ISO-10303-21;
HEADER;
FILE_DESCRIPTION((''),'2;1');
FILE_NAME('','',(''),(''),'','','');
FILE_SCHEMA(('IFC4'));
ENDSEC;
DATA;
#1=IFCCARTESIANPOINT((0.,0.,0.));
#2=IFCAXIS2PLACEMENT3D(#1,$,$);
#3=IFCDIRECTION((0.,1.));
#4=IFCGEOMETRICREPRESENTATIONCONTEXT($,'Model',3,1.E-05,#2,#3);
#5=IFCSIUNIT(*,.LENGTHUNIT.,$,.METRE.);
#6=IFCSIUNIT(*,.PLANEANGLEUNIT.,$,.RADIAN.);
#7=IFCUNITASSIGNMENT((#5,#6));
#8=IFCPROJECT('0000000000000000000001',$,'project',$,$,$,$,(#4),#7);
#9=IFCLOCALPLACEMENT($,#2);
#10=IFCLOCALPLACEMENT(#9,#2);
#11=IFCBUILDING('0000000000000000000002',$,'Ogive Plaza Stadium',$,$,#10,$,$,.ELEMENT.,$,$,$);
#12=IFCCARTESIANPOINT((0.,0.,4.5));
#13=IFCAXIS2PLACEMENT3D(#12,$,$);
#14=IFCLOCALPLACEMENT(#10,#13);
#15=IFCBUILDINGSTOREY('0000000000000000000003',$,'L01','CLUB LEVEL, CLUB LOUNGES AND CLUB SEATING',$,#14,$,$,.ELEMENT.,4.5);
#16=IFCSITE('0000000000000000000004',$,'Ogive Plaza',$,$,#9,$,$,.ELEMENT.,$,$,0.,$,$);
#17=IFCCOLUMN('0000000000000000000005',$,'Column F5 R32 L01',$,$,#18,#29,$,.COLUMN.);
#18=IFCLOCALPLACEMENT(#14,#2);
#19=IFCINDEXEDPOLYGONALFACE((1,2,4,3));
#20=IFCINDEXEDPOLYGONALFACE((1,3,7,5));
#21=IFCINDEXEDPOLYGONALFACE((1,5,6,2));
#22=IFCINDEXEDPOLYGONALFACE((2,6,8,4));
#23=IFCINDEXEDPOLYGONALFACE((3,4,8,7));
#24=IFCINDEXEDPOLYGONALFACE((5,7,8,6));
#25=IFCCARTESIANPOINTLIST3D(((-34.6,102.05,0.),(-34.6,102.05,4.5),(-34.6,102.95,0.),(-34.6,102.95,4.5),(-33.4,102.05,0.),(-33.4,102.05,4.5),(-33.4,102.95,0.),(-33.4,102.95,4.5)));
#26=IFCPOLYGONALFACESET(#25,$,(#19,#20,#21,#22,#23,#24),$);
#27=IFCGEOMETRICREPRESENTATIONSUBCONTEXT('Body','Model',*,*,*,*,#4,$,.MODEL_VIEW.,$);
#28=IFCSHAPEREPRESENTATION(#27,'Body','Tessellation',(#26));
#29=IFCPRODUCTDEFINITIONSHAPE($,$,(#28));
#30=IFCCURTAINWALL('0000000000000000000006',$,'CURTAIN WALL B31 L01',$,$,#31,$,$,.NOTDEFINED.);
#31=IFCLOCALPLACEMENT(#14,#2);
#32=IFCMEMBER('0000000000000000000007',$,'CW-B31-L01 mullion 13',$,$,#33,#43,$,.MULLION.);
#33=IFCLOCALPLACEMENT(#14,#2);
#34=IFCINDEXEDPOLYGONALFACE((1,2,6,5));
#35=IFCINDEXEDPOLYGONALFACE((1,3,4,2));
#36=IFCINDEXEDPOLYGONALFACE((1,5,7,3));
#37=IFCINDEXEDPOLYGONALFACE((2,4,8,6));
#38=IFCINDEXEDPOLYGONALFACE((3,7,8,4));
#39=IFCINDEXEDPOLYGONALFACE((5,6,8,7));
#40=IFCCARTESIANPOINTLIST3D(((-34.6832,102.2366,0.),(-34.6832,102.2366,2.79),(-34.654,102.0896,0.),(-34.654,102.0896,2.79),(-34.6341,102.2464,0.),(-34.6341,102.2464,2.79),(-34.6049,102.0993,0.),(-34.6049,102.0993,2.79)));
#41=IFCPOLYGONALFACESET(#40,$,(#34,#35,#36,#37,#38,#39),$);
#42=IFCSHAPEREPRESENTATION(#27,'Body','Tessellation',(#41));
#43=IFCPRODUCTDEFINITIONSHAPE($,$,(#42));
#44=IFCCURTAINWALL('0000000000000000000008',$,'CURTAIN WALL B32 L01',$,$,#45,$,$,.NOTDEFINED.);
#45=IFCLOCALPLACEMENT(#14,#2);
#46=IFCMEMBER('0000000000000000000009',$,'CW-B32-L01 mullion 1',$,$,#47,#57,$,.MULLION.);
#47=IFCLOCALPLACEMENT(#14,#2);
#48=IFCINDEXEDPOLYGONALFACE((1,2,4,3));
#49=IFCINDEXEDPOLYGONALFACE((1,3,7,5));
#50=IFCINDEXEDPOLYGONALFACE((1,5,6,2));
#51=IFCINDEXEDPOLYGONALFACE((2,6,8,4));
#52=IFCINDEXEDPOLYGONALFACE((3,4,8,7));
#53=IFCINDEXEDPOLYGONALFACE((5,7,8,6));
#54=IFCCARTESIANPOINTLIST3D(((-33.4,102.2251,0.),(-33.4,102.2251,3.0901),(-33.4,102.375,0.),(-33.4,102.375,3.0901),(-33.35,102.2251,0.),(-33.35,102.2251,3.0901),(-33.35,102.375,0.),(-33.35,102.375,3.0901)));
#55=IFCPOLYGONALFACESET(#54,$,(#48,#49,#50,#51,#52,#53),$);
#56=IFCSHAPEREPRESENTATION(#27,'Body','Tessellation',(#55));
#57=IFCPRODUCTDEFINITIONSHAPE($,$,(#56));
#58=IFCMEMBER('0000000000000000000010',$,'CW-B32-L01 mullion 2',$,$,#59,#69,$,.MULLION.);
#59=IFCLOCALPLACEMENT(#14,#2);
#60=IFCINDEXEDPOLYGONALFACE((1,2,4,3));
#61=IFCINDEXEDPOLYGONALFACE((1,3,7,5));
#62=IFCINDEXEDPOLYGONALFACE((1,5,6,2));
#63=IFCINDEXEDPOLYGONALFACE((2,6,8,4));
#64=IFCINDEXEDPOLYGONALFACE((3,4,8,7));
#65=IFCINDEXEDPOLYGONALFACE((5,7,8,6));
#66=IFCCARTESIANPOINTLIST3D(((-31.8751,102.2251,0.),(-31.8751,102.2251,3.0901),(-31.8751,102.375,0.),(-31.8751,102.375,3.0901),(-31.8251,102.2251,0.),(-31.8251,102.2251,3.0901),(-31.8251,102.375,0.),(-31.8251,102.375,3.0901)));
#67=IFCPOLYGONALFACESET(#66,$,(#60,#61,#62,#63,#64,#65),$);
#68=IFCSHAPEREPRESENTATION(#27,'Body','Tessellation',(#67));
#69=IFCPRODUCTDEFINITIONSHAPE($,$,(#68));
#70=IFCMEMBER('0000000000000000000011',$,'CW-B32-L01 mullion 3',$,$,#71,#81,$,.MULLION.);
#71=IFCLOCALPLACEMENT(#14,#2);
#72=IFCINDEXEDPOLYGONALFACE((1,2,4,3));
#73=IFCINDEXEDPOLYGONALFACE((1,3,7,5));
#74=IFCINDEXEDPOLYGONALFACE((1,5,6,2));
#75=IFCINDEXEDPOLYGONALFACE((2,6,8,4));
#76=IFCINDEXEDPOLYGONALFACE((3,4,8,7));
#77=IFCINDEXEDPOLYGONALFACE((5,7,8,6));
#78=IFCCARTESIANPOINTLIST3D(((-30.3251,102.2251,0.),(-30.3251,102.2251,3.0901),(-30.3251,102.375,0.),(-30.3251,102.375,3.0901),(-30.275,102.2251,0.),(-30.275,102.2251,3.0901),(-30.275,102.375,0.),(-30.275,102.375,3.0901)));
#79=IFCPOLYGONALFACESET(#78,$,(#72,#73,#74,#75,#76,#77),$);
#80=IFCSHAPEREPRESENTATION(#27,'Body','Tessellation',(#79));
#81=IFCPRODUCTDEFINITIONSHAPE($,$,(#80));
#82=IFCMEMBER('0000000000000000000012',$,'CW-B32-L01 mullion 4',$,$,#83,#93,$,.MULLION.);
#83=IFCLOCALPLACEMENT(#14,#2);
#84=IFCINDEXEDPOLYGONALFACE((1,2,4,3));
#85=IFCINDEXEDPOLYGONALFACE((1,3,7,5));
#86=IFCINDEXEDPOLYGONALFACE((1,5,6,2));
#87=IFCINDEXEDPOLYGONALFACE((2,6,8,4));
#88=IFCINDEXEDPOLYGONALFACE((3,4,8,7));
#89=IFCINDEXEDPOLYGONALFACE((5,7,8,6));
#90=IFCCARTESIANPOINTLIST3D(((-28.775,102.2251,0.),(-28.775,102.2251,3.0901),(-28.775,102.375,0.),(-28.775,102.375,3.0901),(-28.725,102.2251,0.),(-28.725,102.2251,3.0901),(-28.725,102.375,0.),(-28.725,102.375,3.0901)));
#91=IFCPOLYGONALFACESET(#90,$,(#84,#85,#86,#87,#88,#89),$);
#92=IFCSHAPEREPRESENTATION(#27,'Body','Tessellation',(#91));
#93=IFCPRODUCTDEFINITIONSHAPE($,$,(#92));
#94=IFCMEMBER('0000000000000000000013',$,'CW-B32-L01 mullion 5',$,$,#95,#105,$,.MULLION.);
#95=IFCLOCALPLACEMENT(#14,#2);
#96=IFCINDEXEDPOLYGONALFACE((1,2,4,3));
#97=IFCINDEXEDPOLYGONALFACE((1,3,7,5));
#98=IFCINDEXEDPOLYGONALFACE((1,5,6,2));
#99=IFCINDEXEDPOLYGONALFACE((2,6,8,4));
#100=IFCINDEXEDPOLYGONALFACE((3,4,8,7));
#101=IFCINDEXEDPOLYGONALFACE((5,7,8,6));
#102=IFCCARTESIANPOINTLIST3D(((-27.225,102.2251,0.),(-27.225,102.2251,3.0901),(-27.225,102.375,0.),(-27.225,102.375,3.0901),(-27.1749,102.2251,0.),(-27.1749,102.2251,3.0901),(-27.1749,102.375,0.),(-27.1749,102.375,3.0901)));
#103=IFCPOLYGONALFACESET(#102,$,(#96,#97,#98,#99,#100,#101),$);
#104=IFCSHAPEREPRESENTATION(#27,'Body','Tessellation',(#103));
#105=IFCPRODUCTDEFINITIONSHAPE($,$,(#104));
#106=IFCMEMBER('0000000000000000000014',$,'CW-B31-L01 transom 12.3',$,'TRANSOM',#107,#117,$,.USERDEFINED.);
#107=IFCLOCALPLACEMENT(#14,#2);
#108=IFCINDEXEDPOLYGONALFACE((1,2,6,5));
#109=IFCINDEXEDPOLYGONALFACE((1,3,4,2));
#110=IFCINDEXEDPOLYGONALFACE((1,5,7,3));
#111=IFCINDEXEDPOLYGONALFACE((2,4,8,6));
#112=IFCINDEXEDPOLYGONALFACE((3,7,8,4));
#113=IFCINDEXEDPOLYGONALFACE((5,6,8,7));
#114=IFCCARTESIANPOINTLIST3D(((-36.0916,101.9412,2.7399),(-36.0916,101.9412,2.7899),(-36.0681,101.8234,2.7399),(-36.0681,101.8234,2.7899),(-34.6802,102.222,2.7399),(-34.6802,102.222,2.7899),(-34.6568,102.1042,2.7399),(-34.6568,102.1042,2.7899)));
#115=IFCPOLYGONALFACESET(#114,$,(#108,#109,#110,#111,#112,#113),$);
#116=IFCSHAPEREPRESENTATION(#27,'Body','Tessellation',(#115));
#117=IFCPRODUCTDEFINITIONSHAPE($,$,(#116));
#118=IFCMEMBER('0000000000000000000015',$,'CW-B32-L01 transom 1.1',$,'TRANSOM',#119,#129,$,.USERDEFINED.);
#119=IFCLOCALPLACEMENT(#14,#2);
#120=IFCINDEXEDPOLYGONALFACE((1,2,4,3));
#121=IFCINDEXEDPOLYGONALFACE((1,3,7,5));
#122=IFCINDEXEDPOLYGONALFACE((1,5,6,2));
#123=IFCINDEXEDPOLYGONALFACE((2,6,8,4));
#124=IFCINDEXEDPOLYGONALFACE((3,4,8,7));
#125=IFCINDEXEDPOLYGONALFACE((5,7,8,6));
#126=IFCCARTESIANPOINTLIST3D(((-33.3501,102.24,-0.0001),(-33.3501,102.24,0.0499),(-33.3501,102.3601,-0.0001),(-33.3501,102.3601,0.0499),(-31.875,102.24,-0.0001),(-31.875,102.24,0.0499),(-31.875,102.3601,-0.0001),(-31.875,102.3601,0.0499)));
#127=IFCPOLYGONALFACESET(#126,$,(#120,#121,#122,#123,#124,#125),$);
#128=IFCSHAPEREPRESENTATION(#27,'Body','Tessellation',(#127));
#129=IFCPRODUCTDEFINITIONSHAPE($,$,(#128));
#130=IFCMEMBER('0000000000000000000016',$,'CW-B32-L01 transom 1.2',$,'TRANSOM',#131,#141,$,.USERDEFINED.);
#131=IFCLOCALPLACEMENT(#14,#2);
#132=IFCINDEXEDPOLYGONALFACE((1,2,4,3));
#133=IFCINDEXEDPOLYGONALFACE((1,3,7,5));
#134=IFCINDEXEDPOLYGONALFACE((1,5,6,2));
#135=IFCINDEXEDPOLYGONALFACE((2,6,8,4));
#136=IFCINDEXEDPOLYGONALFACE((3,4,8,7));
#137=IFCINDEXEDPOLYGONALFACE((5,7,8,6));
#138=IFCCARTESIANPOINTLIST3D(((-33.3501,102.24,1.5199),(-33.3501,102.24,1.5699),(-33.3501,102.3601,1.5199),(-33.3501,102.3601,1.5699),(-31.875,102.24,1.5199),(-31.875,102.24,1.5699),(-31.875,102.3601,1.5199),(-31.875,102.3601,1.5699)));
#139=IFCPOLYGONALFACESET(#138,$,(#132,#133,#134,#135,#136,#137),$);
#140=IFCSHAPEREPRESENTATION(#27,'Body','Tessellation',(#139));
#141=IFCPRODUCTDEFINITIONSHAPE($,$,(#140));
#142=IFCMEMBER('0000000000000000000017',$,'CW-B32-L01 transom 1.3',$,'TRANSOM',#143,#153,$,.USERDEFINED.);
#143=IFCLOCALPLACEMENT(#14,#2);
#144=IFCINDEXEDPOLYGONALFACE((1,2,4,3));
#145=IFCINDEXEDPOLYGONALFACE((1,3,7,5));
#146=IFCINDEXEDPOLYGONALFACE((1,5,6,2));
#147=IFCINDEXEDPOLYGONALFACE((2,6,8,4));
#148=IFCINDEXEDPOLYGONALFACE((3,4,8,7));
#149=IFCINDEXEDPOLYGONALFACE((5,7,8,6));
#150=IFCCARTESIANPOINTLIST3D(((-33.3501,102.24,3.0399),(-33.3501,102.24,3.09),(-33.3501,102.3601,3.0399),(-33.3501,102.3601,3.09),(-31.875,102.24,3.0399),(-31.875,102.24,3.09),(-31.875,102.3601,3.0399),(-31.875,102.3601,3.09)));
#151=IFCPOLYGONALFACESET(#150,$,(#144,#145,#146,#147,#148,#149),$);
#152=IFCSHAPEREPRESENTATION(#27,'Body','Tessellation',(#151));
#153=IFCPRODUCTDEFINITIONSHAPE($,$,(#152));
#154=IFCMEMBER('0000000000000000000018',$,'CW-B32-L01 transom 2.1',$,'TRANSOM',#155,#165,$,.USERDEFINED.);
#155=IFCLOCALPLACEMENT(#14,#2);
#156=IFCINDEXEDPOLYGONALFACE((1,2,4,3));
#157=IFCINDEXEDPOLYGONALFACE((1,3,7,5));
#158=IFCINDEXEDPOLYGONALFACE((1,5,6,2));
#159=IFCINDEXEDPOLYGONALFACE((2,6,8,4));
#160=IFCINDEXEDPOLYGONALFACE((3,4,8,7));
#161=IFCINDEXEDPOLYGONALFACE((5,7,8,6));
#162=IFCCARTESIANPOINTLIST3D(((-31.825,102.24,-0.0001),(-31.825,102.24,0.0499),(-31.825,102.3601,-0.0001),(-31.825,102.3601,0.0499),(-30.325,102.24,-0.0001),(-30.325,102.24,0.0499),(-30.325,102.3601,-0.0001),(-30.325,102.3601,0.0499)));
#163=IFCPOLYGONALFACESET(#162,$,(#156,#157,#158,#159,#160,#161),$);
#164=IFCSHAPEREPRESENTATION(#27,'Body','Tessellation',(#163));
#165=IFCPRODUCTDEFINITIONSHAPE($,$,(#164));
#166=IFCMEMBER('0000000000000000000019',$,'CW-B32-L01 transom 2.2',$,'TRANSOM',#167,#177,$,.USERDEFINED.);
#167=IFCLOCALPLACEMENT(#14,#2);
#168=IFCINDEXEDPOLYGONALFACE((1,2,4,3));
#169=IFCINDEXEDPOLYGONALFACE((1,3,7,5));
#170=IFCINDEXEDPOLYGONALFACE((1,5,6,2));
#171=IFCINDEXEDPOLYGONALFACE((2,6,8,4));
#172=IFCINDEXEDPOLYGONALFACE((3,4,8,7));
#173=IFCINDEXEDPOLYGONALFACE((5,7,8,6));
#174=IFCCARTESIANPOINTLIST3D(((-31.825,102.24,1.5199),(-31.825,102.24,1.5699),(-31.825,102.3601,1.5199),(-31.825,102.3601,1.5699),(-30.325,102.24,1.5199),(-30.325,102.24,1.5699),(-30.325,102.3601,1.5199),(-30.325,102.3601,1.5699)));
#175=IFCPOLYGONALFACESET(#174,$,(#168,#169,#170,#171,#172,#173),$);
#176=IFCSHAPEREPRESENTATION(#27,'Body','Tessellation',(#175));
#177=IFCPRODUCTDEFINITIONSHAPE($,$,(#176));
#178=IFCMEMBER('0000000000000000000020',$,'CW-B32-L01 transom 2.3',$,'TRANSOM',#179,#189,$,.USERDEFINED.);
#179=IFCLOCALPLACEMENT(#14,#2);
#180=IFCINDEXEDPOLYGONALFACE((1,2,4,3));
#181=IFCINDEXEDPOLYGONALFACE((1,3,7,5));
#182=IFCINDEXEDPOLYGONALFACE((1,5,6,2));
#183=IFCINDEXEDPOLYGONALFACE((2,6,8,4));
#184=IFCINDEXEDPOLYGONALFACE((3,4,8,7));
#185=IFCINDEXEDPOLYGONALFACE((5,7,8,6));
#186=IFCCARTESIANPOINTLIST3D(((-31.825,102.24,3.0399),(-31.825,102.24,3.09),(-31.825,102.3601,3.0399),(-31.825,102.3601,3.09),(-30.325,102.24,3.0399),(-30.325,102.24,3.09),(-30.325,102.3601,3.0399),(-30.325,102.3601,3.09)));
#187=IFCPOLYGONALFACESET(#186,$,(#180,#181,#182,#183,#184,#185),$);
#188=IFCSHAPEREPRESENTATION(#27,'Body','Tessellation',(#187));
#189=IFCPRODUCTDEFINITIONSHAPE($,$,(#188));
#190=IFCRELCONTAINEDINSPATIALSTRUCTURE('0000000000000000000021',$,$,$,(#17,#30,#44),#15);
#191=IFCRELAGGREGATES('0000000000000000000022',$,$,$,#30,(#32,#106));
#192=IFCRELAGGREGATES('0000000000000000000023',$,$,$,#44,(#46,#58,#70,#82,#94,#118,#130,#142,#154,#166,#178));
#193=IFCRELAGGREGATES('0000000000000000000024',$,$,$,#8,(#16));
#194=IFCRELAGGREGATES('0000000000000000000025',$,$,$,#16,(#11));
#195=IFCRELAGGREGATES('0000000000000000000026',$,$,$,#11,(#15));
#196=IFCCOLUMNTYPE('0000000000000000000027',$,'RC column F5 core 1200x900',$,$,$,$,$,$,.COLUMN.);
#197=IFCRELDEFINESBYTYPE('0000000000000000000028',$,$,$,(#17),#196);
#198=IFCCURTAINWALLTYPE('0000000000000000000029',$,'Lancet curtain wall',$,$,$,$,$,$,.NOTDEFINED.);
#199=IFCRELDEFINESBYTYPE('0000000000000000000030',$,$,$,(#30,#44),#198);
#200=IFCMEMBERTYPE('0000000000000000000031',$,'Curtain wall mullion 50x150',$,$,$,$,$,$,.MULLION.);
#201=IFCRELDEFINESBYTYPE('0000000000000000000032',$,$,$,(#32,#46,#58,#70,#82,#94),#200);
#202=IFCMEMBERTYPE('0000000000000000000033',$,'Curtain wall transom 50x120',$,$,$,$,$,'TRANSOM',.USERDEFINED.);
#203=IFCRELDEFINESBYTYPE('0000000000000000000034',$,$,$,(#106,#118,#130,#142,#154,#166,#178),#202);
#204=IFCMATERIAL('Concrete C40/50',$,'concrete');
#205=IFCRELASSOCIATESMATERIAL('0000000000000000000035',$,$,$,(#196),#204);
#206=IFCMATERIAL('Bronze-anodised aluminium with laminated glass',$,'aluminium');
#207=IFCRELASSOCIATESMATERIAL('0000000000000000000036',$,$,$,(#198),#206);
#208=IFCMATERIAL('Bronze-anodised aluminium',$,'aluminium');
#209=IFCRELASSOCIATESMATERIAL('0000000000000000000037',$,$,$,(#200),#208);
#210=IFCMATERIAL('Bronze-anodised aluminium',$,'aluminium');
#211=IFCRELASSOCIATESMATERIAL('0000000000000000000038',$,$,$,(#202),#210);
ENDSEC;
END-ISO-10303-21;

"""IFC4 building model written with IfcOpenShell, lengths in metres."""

from ifc_helpers import new_model, si_unit, direction, frame, origin, origin_2d, place, context, subcontext, project, spatial, rectangle, extrude, material, material_profile, profile_set, type_object, element, aggregate, save


model = new_model("IFC4")

# Units and contexts
model_context = context("Model", 3, precision=1e-05, world=origin(), true_north=direction((0.0, 1.0)))
body_context = subcontext(model_context, "Body", "Model", "MODEL_VIEW")
ifc_project = project(units=[si_unit("LENGTHUNIT", "METRE"), si_unit("PLANEANGLEUNIT", "RADIAN")], contexts=[model_context])

# Site, building, storey
site_placement = place(None, origin())
site = spatial("IfcSite", under=ifc_project, at=site_placement, Name="Ogive Plaza", CompositionType="ELEMENT", RefElevation=0.0)
building_placement = place(site_placement, origin())
building = spatial("IfcBuilding", under=site, at=building_placement, Name="Ogive Plaza Stadium", CompositionType="ELEMENT")
storey_placement = place(building_placement, frame((0.0, 0.0, 4.5)))
storey = spatial("IfcBuildingStorey", under=building, at=storey_placement, Name="L01", Description="CLUB LEVEL, CLUB LOUNGES AND CLUB SEATING", CompositionType="ELEMENT", Elevation=4.5)

# Column
ifc_material_1 = material(Name="Concrete C40/50", Category="concrete")
ifc_material_profile_1 = material_profile(ifc_material_1, rectangle(XDim=1.2, YDim=0.8999, at=origin_2d()), Name="RC 1200x900")
ifc_profile_set_1 = profile_set([ifc_material_profile_1], Name="Concrete C40/50")
column_type = type_object("IfcColumnType", Name="RC column F5 core 1200x900", PredefinedType="COLUMN", material=ifc_profile_set_1)
column_placement = place(storey_placement, frame((-34.0, 102.5, 0.0), z_axis=(0.0, 0.0, 1.0), x_axis=(-1.0, 0.0, 0.0)))
element("IfcColumn", 1, at=column_placement, inside=storey, type_object=column_type, Name="Column F5 R32 L01", PredefinedType="COLUMN", context=body_context, shape_type="SweptSolid", body=[
    extrude(rectangle(XDim=1.2, YDim=0.8999, at=origin_2d()), origin(), (0.0, 0.0, 1.0), 4.5),
])

# Curtain wall, member
ifc_material_2 = material(Name="Bronze-anodised aluminium with laminated glass", Category="aluminium")
curtain_wall_type = type_object("IfcCurtainWallType", Name="Lancet curtain wall", PredefinedType="NOTDEFINED", material=ifc_material_2)
curtain_wall_1_placement = place(storey_placement, origin())
curtain_wall_1 = element("IfcCurtainWall", 2, at=curtain_wall_1_placement, inside=storey, type_object=curtain_wall_type, Name="CURTAIN WALL B31 L01", PredefinedType="NOTDEFINED")
ifc_material_3 = material(Name="Bronze-anodised aluminium", Category="aluminium")
ifc_material_profile_2 = material_profile(ifc_material_3, rectangle(XDim=0.1499, YDim=0.05, at=origin_2d()), Name="AL 150x50")
ifc_profile_set_2 = profile_set([ifc_material_profile_2], Name="Bronze-anodised aluminium")
member_type_1 = type_object("IfcMemberType", Name="Curtain wall mullion 50x150", PredefinedType="MULLION", material=ifc_profile_set_2)
member_1_placement = place(storey_placement, frame((-34.644, 102.168, 0.0), z_axis=(0.0, 0.0, 1.0), x_axis=(-0.19509, 0.980785, 0.0)))
member_1 = element("IfcMember", 3, at=member_1_placement, type_object=member_type_1, Name="CW-B31-L01 mullion 13", PredefinedType="MULLION", context=body_context, shape_type="SweptSolid", body=[
    extrude(rectangle(XDim=0.1499, YDim=0.05, at=origin_2d()), origin(), (0.0, 0.0, 1.0), 2.79),
])

# Curtain wall, members
curtain_wall_2_placement = place(storey_placement, origin())
curtain_wall_2 = element("IfcCurtainWall", 4, at=curtain_wall_2_placement, inside=storey, type_object=curtain_wall_type, Name="CURTAIN WALL B32 L01", PredefinedType="NOTDEFINED")
member_2_placement = place(storey_placement, frame((-33.375, 102.3, 0.0), z_axis=(0.0, 0.0, 1.0), x_axis=(0.0, 1.0, 0.0)))
member_2 = element("IfcMember", 5, at=member_2_placement, type_object=member_type_1, Name="CW-B32-L01 mullion 1", PredefinedType="MULLION", context=body_context, shape_type="SweptSolid", body=[
    extrude(rectangle(XDim=0.1499, YDim=0.05, at=origin_2d()), origin(), (0.0, 0.0, 1.0), 3.0901),
])
member_3_placement = place(storey_placement, frame((-31.8501, 102.3, 0.0), z_axis=(0.0, 0.0, 1.0), x_axis=(0.0, 1.0, 0.0)))
member_3 = element("IfcMember", 6, at=member_3_placement, type_object=member_type_1, Name="CW-B32-L01 mullion 2", PredefinedType="MULLION", context=body_context, shape_type="SweptSolid", body=[
    extrude(rectangle(XDim=0.1499, YDim=0.05, at=origin_2d()), origin(), (0.0, 0.0, 1.0), 3.0901),
])
member_4_placement = place(storey_placement, frame((-30.3, 102.3, 0.0), z_axis=(0.0, 0.0, 1.0), x_axis=(0.0, 1.0, 0.0)))
member_4 = element("IfcMember", 7, at=member_4_placement, type_object=member_type_1, Name="CW-B32-L01 mullion 3", PredefinedType="MULLION", context=body_context, shape_type="SweptSolid", body=[
    extrude(rectangle(XDim=0.1499, YDim=0.05, at=origin_2d()), origin(), (0.0, 0.0, 1.0), 3.0901),
])
member_5_placement = place(storey_placement, frame((-28.75, 102.3, 0.0), z_axis=(0.0, 0.0, 1.0), x_axis=(0.0, 1.0, 0.0)))
member_5 = element("IfcMember", 8, at=member_5_placement, type_object=member_type_1, Name="CW-B32-L01 mullion 4", PredefinedType="MULLION", context=body_context, shape_type="SweptSolid", body=[
    extrude(rectangle(XDim=0.1499, YDim=0.05, at=origin_2d()), origin(), (0.0, 0.0, 1.0), 3.0901),
])
member_6_placement = place(storey_placement, frame((-27.2, 102.3, 0.0), z_axis=(0.0, 0.0, 1.0), x_axis=(0.0, 1.0, 0.0)))
member_6 = element("IfcMember", 9, at=member_6_placement, type_object=member_type_1, Name="CW-B32-L01 mullion 5", PredefinedType="MULLION", context=body_context, shape_type="SweptSolid", body=[
    extrude(rectangle(XDim=0.1499, YDim=0.05, at=origin_2d()), origin(), (0.0, 0.0, 1.0), 3.0901),
])

# Members
ifc_material_4 = material(Name="Bronze-anodised aluminium", Category="aluminium")
ifc_material_profile_3 = material_profile(ifc_material_4, rectangle(XDim=0.1201, YDim=0.05, at=origin_2d()), Name="AL 120x50")
ifc_profile_set_3 = profile_set([ifc_material_profile_3], Name="Bronze-anodised aluminium")
member_type_2 = type_object("IfcMemberType", Name="Curtain wall transom 50x120", ElementType="TRANSOM", PredefinedType="USERDEFINED", material=ifc_profile_set_3)
member_7_placement = place(storey_placement, frame((-36.0798, 101.8823, 2.7649), z_axis=(0.980782, 0.195105, 0.0), x_axis=(-0.195105, 0.980782, 0.0)))
member_7 = element("IfcMember", 10, at=member_7_placement, type_object=member_type_2, Name="CW-B31-L01 transom 12.3", ObjectType="TRANSOM", PredefinedType="USERDEFINED", context=body_context, shape_type="SweptSolid", body=[
    extrude(rectangle(XDim=0.1201, YDim=0.05, at=origin_2d()), origin(), (0.0, 0.0, 1.0), 1.439),
])
member_8_placement = place(storey_placement, frame((-33.3501, 102.3, 0.0249), z_axis=(1.0, 0.0, 0.0), x_axis=(0.0, 1.0, 0.0)))
member_8 = element("IfcMember", 11, at=member_8_placement, type_object=member_type_2, Name="CW-B32-L01 transom 1.1", ObjectType="TRANSOM", PredefinedType="USERDEFINED", context=body_context, shape_type="SweptSolid", body=[
    extrude(rectangle(XDim=0.1201, YDim=0.05, at=origin_2d()), origin(), (0.0, 0.0, 1.0), 1.4751),
])
member_9_placement = place(storey_placement, frame((-33.3501, 102.3, 1.5449), z_axis=(1.0, 0.0, 0.0), x_axis=(0.0, 1.0, 0.0)))
member_9 = element("IfcMember", 12, at=member_9_placement, type_object=member_type_2, Name="CW-B32-L01 transom 1.2", ObjectType="TRANSOM", PredefinedType="USERDEFINED", context=body_context, shape_type="SweptSolid", body=[
    extrude(rectangle(XDim=0.1201, YDim=0.05, at=origin_2d()), origin(), (0.0, 0.0, 1.0), 1.4751),
])
member_10_placement = place(storey_placement, frame((-33.3501, 102.3, 3.0649), z_axis=(1.0, 0.0, 0.0), x_axis=(0.0, 1.0, 0.0)))
member_10 = element("IfcMember", 13, at=member_10_placement, type_object=member_type_2, Name="CW-B32-L01 transom 1.3", ObjectType="TRANSOM", PredefinedType="USERDEFINED", context=body_context, shape_type="SweptSolid", body=[
    extrude(rectangle(XDim=0.1201, YDim=0.05, at=origin_2d()), origin(), (0.0, 0.0, 1.0), 1.4751),
])
member_11_placement = place(storey_placement, frame((-31.825, 102.3, 0.0249), z_axis=(1.0, 0.0, 0.0), x_axis=(0.0, 1.0, 0.0)))
member_11 = element("IfcMember", 14, at=member_11_placement, type_object=member_type_2, Name="CW-B32-L01 transom 2.1", ObjectType="TRANSOM", PredefinedType="USERDEFINED", context=body_context, shape_type="SweptSolid", body=[
    extrude(rectangle(XDim=0.1201, YDim=0.05, at=origin_2d()), origin(), (0.0, 0.0, 1.0), 1.5),
])
member_12_placement = place(storey_placement, frame((-31.825, 102.3, 1.5449), z_axis=(1.0, 0.0, 0.0), x_axis=(0.0, 1.0, 0.0)))
member_12 = element("IfcMember", 15, at=member_12_placement, type_object=member_type_2, Name="CW-B32-L01 transom 2.2", ObjectType="TRANSOM", PredefinedType="USERDEFINED", context=body_context, shape_type="SweptSolid", body=[
    extrude(rectangle(XDim=0.1201, YDim=0.05, at=origin_2d()), origin(), (0.0, 0.0, 1.0), 1.5),
])
member_13_placement = place(storey_placement, frame((-31.825, 102.3, 3.0649), z_axis=(1.0, 0.0, 0.0), x_axis=(0.0, 1.0, 0.0)))
member_13 = element("IfcMember", 16, at=member_13_placement, type_object=member_type_2, Name="CW-B32-L01 transom 2.3", ObjectType="TRANSOM", PredefinedType="USERDEFINED", context=body_context, shape_type="SweptSolid", body=[
    extrude(rectangle(XDim=0.1201, YDim=0.05, at=origin_2d()), origin(), (0.0, 0.0, 1.0), 1.5),
])

aggregate(curtain_wall_1, [member_1, member_7])
aggregate(curtain_wall_2, [member_2, member_3, member_4, member_5, member_6, member_8, member_9, member_10, member_11, member_12, member_13])

save(model, "model.ifc")
